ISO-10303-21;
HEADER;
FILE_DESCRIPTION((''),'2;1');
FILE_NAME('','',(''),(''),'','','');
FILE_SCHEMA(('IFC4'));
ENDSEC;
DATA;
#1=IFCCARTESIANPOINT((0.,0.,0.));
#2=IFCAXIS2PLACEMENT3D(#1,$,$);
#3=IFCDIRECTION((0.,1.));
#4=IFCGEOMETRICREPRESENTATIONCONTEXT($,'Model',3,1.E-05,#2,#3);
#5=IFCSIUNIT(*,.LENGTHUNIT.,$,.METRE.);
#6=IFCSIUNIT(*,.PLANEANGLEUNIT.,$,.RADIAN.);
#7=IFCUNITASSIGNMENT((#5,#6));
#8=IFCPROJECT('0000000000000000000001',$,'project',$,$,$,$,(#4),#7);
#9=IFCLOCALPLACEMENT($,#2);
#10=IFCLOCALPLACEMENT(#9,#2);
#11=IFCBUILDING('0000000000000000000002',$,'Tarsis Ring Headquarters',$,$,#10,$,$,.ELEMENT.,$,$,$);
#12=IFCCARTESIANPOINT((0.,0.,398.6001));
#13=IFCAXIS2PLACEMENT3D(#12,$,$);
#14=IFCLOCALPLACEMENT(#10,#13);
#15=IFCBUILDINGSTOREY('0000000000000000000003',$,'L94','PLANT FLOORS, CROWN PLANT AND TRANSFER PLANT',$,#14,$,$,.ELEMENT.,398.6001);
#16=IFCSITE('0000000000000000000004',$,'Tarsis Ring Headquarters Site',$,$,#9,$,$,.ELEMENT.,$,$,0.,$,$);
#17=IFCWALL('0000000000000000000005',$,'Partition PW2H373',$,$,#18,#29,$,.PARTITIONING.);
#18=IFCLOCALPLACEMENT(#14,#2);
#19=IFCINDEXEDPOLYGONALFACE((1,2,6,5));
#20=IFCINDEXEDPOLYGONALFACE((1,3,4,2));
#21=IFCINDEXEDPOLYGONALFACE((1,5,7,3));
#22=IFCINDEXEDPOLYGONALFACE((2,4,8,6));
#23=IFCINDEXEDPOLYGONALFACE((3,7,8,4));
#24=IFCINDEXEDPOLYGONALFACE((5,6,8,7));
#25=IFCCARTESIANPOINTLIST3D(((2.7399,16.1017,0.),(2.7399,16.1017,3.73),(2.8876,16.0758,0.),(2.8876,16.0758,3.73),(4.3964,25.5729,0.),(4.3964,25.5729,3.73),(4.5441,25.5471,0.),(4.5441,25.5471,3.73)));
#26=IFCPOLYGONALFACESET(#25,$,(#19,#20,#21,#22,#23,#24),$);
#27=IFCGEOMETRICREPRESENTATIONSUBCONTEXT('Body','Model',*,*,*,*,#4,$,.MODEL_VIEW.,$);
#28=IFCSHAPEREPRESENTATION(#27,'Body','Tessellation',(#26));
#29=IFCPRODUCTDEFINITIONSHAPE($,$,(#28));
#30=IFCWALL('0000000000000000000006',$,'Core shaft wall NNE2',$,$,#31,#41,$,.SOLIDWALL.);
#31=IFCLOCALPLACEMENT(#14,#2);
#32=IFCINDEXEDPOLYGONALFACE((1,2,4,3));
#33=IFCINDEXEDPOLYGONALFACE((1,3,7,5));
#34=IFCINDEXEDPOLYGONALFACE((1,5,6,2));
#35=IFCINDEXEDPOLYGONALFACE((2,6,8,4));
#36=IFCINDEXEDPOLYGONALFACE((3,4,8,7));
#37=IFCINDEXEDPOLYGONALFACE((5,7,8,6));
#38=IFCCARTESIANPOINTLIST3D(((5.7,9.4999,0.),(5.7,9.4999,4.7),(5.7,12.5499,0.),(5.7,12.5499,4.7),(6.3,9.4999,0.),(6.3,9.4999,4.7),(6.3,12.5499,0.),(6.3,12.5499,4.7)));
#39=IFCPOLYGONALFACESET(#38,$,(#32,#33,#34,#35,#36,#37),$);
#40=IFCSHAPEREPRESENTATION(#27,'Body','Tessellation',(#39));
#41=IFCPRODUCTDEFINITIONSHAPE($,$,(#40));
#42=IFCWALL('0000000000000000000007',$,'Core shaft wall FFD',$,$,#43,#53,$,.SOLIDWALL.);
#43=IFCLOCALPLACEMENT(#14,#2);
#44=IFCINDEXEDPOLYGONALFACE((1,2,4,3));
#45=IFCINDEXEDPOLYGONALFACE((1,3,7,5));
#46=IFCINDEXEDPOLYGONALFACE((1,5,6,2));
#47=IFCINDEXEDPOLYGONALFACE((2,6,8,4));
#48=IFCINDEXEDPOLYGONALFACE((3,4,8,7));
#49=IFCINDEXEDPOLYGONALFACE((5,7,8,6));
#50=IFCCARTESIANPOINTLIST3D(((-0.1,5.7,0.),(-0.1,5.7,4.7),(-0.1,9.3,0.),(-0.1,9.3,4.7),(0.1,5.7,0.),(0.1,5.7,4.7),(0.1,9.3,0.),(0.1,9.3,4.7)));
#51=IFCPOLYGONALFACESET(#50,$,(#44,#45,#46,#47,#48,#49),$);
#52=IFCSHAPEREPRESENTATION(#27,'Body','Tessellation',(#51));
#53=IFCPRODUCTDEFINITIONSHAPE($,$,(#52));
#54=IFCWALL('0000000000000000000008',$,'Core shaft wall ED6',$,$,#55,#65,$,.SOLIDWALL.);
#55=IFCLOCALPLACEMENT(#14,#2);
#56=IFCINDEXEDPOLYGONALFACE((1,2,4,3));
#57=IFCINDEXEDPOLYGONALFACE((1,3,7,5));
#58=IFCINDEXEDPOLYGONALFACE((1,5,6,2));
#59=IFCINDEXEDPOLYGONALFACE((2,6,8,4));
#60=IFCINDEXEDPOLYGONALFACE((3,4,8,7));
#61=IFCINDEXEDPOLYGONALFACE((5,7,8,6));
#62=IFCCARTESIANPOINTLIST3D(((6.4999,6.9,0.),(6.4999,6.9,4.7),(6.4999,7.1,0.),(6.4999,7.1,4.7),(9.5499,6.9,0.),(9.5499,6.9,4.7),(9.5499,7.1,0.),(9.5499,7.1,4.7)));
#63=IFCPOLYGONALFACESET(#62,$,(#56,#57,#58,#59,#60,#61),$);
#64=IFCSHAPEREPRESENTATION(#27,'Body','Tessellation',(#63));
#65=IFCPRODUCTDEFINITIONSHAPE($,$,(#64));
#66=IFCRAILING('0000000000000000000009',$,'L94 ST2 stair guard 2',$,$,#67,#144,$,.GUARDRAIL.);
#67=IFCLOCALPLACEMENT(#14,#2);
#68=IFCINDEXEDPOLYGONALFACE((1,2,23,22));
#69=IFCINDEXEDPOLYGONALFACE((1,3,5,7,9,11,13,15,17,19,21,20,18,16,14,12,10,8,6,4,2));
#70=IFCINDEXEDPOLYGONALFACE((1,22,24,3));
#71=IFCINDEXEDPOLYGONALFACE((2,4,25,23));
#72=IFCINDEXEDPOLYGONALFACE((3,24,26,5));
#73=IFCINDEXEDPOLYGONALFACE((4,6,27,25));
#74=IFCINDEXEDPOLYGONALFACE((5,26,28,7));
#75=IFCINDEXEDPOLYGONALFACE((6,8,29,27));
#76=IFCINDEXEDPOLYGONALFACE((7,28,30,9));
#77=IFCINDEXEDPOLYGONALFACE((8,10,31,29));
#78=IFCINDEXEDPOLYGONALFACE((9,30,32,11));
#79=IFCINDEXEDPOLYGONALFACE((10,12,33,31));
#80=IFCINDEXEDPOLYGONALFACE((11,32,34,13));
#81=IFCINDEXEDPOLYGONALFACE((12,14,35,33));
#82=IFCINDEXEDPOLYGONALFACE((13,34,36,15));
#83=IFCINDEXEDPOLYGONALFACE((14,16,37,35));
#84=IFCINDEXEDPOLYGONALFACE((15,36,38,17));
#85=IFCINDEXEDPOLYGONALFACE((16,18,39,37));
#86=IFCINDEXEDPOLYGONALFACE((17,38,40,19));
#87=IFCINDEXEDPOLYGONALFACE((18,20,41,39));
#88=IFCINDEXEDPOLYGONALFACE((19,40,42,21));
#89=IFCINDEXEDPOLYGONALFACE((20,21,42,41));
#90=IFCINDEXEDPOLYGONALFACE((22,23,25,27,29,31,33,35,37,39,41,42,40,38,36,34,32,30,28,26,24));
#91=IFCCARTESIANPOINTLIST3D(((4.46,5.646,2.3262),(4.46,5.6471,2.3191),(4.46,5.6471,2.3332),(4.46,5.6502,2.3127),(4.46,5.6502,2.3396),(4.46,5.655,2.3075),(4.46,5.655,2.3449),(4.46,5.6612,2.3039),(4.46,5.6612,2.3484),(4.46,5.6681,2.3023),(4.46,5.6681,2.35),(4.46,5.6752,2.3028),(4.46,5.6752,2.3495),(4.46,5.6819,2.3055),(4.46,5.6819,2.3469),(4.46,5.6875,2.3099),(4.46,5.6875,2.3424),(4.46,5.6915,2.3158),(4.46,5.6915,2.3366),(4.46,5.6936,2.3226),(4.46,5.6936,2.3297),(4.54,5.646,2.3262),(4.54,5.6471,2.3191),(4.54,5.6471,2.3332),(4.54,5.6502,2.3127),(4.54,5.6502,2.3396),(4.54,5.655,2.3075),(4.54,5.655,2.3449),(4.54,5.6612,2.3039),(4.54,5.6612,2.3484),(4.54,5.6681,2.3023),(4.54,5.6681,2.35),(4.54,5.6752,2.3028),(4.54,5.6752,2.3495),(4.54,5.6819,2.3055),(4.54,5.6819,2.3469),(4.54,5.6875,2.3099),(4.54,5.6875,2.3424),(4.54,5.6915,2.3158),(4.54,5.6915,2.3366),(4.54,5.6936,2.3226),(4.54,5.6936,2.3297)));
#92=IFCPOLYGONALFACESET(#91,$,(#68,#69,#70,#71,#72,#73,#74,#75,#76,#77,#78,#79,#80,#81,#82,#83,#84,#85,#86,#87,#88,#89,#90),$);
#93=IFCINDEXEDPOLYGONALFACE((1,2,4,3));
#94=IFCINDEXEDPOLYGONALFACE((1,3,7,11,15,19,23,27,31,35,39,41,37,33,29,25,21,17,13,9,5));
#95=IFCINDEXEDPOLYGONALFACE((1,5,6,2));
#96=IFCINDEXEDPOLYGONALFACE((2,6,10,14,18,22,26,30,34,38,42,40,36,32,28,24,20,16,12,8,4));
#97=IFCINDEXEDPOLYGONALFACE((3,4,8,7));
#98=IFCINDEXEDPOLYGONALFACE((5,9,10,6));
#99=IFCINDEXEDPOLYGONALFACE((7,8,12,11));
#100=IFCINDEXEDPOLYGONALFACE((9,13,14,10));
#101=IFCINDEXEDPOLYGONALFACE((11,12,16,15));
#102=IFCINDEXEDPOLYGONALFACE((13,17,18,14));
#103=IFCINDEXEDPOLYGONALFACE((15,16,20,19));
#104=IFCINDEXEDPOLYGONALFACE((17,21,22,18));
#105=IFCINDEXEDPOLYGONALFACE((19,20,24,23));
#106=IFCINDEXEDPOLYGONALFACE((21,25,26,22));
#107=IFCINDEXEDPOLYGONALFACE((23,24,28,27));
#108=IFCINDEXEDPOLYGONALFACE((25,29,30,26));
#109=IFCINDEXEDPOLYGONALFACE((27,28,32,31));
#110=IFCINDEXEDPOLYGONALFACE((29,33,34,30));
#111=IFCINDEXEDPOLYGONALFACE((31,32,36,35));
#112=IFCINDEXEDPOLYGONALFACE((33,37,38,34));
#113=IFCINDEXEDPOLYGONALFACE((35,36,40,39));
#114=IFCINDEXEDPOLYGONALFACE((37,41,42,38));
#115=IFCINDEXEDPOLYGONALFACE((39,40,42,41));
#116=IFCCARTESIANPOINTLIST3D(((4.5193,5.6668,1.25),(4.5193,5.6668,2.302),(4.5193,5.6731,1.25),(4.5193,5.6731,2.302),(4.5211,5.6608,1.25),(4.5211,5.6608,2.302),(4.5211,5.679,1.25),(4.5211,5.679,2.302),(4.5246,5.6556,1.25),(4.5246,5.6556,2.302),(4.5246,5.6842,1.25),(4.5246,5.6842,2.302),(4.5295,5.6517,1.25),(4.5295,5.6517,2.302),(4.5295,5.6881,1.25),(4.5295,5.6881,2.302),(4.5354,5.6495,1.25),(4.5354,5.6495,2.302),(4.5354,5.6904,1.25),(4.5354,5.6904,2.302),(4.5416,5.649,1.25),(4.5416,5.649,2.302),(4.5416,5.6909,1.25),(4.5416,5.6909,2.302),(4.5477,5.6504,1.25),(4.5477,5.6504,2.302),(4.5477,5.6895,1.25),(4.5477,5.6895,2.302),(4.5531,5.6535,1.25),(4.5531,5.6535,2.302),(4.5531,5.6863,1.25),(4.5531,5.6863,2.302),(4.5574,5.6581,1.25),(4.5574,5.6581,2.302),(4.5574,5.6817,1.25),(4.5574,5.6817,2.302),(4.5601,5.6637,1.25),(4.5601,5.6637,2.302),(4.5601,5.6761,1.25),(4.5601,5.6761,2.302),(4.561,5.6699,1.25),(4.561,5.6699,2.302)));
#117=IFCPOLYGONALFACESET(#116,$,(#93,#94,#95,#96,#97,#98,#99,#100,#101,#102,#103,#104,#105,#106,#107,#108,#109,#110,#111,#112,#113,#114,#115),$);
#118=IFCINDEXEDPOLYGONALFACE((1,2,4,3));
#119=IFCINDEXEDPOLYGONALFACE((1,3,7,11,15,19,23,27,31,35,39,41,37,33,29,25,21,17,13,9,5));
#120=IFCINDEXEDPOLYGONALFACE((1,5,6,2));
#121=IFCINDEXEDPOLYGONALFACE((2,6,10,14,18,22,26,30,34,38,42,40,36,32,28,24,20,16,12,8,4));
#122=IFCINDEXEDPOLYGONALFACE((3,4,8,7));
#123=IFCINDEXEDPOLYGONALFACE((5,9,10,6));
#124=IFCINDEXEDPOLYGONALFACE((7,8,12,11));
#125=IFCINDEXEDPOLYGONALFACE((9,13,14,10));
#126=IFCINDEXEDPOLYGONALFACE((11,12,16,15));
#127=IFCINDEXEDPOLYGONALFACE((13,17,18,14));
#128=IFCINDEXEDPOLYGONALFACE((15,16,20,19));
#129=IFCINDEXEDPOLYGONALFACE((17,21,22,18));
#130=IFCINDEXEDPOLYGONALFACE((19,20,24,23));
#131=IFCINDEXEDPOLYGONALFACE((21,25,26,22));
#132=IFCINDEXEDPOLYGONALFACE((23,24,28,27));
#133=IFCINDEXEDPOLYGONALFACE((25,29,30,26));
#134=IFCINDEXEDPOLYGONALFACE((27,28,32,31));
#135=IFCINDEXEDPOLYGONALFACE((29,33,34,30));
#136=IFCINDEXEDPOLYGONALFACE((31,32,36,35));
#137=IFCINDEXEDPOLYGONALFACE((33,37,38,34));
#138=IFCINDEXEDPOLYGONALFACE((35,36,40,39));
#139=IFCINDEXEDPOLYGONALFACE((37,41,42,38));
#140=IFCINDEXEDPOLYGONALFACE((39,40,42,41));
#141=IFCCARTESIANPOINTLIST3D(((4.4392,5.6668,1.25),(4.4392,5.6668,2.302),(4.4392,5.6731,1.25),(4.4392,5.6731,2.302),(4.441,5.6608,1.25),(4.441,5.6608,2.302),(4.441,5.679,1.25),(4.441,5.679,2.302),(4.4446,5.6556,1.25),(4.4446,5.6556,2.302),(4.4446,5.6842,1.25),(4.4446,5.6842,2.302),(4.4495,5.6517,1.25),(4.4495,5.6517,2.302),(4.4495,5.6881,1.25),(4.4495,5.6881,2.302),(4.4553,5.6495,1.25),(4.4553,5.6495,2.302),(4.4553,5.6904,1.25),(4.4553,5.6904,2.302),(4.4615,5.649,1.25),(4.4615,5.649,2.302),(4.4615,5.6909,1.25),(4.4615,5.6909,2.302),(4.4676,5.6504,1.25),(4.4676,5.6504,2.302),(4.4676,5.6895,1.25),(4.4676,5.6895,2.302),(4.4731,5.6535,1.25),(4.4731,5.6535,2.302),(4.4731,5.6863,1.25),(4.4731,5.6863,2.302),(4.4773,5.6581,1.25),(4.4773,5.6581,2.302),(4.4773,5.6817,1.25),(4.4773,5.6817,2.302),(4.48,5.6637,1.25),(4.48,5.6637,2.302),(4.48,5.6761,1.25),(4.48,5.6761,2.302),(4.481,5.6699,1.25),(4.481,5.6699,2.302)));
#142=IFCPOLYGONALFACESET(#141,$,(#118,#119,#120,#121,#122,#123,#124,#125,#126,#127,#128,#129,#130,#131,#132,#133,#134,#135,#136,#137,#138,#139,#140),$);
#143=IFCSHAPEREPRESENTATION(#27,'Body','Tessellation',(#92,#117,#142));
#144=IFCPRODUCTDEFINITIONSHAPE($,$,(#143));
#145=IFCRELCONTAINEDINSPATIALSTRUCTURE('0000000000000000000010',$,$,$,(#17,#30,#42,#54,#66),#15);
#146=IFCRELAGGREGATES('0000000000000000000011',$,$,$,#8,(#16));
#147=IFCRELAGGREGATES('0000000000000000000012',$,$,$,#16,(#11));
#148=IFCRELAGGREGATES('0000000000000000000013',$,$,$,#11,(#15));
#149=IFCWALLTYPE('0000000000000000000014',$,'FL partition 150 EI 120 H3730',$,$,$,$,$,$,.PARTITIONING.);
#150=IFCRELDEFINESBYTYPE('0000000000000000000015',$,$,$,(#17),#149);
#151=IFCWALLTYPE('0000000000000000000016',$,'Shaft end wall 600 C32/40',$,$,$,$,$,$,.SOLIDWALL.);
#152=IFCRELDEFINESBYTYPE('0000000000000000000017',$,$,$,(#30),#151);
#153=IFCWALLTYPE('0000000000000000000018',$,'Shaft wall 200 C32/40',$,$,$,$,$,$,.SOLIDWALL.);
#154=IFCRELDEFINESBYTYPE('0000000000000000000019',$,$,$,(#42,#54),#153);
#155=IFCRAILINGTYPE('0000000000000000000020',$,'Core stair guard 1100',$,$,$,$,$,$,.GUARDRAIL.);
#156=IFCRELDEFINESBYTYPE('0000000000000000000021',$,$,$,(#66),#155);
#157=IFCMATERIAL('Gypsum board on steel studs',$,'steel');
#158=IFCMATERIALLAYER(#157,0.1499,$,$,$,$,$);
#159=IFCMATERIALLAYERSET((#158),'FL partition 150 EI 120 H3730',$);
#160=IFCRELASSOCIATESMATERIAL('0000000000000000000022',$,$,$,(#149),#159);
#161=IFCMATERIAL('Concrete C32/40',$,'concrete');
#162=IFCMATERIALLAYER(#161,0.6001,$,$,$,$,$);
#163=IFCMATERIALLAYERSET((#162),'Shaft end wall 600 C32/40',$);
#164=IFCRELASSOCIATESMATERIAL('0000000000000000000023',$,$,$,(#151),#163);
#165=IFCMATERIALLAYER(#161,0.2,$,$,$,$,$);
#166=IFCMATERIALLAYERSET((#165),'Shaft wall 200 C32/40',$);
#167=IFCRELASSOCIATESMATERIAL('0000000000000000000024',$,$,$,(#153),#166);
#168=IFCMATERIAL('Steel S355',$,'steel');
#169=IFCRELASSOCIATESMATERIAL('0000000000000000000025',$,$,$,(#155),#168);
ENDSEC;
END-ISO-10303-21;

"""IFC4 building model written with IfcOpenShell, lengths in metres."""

from ifc_helpers import new_model, si_unit, direction, frame, frame_2d, origin, origin_2d, place, context, subcontext, project, spatial, rectangle, circle, extrude, material, layer, layer_set, type_object, element, save


model = new_model("IFC4")

# Units and contexts
model_context = context("Model", 3, precision=1e-05, world=origin(), true_north=direction((0.0, 1.0)))
body_context = subcontext(model_context, "Body", "Model", "MODEL_VIEW")
ifc_project = project(units=[si_unit("LENGTHUNIT", "METRE"), si_unit("PLANEANGLEUNIT", "RADIAN")], contexts=[model_context])

# Site, building, storey
site_placement = place(None, origin())
site = spatial("IfcSite", under=ifc_project, at=site_placement, Name="Tarsis Ring Headquarters Site", CompositionType="ELEMENT", RefElevation=0.0)
building_placement = place(site_placement, origin())
building = spatial("IfcBuilding", under=site, at=building_placement, Name="Tarsis Ring Headquarters", CompositionType="ELEMENT")
storey_placement = place(building_placement, frame((0.0, 0.0, 398.6001)))
storey = spatial("IfcBuildingStorey", under=building, at=storey_placement, Name="L94", Description="PLANT FLOORS, CROWN PLANT AND TRANSFER PLANT", CompositionType="ELEMENT", Elevation=398.6001)

# Walls
ifc_material_1 = material(Name="Gypsum board on steel studs", Category="steel")
ifc_layer_1 = layer(ifc_material_1, 0.1499)
ifc_layer_set_1 = layer_set([ifc_layer_1], Name="FL partition 150 EI 120 H3730")
wall_type_1 = type_object("IfcWallType", Name="FL partition 150 EI 120 H3730", PredefinedType="PARTITIONING", material=ifc_layer_set_1)
wall_1_placement = place(storey_placement, frame((2.8137, 16.0886, 0.0), z_axis=(0.0, 0.0, 1.0), x_axis=(0.172283, 0.985047, 0.0)))
element("IfcWall", 1, at=wall_1_placement, inside=storey, type_object=wall_type_1, Name="Partition PW2H373", PredefinedType="PARTITIONING", context=body_context, shape_type="SweptSolid", body=[
    extrude(rectangle(XDim=9.615, YDim=0.1499, at=frame_2d((4.8076, 0.0))), origin(), (0.0, 0.0, 1.0), 3.73),
])
ifc_material_2 = material(Name="Concrete C32/40", Category="concrete")
ifc_layer_2 = layer(ifc_material_2, 0.6001)
ifc_layer_set_2 = layer_set([ifc_layer_2], Name="Shaft end wall 600 C32/40")
wall_type_2 = type_object("IfcWallType", Name="Shaft end wall 600 C32/40", PredefinedType="SOLIDWALL", material=ifc_layer_set_2)
wall_2_placement = place(storey_placement, frame((6.0, 9.5, 0.0), z_axis=(0.0, 0.0, 1.0), x_axis=(0.0, 1.0, 0.0)))
element("IfcWall", 2, at=wall_2_placement, inside=storey, type_object=wall_type_2, Name="Core shaft wall NNE2", PredefinedType="SOLIDWALL", context=body_context, shape_type="SweptSolid", body=[
    extrude(rectangle(XDim=3.05, YDim=0.6001, at=frame_2d((1.5249, 0.0))), origin(), (0.0, 0.0, 1.0), 4.7),
])
ifc_layer_3 = layer(ifc_material_2, 0.2)
ifc_layer_set_3 = layer_set([ifc_layer_3], Name="Shaft wall 200 C32/40")
wall_type_3 = type_object("IfcWallType", Name="Shaft wall 200 C32/40", PredefinedType="SOLIDWALL", material=ifc_layer_set_3)
wall_3_placement = place(storey_placement, frame((0.0, 5.7, 0.0), z_axis=(0.0, 0.0, 1.0), x_axis=(0.0, 1.0, 0.0)))
element("IfcWall", 3, at=wall_3_placement, inside=storey, type_object=wall_type_3, Name="Core shaft wall FFD", PredefinedType="SOLIDWALL", context=body_context, shape_type="SweptSolid", body=[
    extrude(rectangle(XDim=3.6001, YDim=0.2, at=frame_2d((1.8, 0.0))), origin(), (0.0, 0.0, 1.0), 4.7),
])
wall_4_placement = place(storey_placement, frame((6.5, 7.0, 0.0), z_axis=(0.0, 0.0, 1.0), x_axis=(1.0, 0.0, 0.0)))
element("IfcWall", 4, at=wall_4_placement, inside=storey, type_object=wall_type_3, Name="Core shaft wall ED6", PredefinedType="SOLIDWALL", context=body_context, shape_type="SweptSolid", body=[
    extrude(rectangle(XDim=3.05, YDim=0.2, at=frame_2d((1.5249, 0.0))), origin(), (0.0, 0.0, 1.0), 4.7),
])

# Railing
ifc_material_3 = material(Name="Steel S355", Category="steel")
railing_type_1 = type_object("IfcRailingType", Name="Core stair guard 1100", PredefinedType="GUARDRAIL", material=ifc_material_3)
railing_1_placement = place(storey_placement, frame((4.54, 5.6699, 1.25)))
element("IfcRailing", 5, at=railing_1_placement, inside=storey, type_object=railing_type_1, Name="L94 ST2 stair guard 2", PredefinedType="GUARDRAIL", context=body_context, shape_type="SweptSolid", body=[
    extrude(circle(Radius=0.0239, at=origin_2d()), frame((0.0, 0.0, 1.0762), z_axis=(-1.0, 0.0, 0.0), x_axis=(0.0, -1.0, 0.0)), (0.0, 0.0, 1.0), 0.0801),
    extrude(circle(Radius=0.021, at=origin_2d()), origin(), (0.0, 0.0, 1.0), 1.052),
    extrude(circle(Radius=0.021, at=origin_2d()), frame((-0.0801, 0.0, 0.0)), (0.0, 0.0, 1.0), 1.052),
])

save(model, "model.ifc")
